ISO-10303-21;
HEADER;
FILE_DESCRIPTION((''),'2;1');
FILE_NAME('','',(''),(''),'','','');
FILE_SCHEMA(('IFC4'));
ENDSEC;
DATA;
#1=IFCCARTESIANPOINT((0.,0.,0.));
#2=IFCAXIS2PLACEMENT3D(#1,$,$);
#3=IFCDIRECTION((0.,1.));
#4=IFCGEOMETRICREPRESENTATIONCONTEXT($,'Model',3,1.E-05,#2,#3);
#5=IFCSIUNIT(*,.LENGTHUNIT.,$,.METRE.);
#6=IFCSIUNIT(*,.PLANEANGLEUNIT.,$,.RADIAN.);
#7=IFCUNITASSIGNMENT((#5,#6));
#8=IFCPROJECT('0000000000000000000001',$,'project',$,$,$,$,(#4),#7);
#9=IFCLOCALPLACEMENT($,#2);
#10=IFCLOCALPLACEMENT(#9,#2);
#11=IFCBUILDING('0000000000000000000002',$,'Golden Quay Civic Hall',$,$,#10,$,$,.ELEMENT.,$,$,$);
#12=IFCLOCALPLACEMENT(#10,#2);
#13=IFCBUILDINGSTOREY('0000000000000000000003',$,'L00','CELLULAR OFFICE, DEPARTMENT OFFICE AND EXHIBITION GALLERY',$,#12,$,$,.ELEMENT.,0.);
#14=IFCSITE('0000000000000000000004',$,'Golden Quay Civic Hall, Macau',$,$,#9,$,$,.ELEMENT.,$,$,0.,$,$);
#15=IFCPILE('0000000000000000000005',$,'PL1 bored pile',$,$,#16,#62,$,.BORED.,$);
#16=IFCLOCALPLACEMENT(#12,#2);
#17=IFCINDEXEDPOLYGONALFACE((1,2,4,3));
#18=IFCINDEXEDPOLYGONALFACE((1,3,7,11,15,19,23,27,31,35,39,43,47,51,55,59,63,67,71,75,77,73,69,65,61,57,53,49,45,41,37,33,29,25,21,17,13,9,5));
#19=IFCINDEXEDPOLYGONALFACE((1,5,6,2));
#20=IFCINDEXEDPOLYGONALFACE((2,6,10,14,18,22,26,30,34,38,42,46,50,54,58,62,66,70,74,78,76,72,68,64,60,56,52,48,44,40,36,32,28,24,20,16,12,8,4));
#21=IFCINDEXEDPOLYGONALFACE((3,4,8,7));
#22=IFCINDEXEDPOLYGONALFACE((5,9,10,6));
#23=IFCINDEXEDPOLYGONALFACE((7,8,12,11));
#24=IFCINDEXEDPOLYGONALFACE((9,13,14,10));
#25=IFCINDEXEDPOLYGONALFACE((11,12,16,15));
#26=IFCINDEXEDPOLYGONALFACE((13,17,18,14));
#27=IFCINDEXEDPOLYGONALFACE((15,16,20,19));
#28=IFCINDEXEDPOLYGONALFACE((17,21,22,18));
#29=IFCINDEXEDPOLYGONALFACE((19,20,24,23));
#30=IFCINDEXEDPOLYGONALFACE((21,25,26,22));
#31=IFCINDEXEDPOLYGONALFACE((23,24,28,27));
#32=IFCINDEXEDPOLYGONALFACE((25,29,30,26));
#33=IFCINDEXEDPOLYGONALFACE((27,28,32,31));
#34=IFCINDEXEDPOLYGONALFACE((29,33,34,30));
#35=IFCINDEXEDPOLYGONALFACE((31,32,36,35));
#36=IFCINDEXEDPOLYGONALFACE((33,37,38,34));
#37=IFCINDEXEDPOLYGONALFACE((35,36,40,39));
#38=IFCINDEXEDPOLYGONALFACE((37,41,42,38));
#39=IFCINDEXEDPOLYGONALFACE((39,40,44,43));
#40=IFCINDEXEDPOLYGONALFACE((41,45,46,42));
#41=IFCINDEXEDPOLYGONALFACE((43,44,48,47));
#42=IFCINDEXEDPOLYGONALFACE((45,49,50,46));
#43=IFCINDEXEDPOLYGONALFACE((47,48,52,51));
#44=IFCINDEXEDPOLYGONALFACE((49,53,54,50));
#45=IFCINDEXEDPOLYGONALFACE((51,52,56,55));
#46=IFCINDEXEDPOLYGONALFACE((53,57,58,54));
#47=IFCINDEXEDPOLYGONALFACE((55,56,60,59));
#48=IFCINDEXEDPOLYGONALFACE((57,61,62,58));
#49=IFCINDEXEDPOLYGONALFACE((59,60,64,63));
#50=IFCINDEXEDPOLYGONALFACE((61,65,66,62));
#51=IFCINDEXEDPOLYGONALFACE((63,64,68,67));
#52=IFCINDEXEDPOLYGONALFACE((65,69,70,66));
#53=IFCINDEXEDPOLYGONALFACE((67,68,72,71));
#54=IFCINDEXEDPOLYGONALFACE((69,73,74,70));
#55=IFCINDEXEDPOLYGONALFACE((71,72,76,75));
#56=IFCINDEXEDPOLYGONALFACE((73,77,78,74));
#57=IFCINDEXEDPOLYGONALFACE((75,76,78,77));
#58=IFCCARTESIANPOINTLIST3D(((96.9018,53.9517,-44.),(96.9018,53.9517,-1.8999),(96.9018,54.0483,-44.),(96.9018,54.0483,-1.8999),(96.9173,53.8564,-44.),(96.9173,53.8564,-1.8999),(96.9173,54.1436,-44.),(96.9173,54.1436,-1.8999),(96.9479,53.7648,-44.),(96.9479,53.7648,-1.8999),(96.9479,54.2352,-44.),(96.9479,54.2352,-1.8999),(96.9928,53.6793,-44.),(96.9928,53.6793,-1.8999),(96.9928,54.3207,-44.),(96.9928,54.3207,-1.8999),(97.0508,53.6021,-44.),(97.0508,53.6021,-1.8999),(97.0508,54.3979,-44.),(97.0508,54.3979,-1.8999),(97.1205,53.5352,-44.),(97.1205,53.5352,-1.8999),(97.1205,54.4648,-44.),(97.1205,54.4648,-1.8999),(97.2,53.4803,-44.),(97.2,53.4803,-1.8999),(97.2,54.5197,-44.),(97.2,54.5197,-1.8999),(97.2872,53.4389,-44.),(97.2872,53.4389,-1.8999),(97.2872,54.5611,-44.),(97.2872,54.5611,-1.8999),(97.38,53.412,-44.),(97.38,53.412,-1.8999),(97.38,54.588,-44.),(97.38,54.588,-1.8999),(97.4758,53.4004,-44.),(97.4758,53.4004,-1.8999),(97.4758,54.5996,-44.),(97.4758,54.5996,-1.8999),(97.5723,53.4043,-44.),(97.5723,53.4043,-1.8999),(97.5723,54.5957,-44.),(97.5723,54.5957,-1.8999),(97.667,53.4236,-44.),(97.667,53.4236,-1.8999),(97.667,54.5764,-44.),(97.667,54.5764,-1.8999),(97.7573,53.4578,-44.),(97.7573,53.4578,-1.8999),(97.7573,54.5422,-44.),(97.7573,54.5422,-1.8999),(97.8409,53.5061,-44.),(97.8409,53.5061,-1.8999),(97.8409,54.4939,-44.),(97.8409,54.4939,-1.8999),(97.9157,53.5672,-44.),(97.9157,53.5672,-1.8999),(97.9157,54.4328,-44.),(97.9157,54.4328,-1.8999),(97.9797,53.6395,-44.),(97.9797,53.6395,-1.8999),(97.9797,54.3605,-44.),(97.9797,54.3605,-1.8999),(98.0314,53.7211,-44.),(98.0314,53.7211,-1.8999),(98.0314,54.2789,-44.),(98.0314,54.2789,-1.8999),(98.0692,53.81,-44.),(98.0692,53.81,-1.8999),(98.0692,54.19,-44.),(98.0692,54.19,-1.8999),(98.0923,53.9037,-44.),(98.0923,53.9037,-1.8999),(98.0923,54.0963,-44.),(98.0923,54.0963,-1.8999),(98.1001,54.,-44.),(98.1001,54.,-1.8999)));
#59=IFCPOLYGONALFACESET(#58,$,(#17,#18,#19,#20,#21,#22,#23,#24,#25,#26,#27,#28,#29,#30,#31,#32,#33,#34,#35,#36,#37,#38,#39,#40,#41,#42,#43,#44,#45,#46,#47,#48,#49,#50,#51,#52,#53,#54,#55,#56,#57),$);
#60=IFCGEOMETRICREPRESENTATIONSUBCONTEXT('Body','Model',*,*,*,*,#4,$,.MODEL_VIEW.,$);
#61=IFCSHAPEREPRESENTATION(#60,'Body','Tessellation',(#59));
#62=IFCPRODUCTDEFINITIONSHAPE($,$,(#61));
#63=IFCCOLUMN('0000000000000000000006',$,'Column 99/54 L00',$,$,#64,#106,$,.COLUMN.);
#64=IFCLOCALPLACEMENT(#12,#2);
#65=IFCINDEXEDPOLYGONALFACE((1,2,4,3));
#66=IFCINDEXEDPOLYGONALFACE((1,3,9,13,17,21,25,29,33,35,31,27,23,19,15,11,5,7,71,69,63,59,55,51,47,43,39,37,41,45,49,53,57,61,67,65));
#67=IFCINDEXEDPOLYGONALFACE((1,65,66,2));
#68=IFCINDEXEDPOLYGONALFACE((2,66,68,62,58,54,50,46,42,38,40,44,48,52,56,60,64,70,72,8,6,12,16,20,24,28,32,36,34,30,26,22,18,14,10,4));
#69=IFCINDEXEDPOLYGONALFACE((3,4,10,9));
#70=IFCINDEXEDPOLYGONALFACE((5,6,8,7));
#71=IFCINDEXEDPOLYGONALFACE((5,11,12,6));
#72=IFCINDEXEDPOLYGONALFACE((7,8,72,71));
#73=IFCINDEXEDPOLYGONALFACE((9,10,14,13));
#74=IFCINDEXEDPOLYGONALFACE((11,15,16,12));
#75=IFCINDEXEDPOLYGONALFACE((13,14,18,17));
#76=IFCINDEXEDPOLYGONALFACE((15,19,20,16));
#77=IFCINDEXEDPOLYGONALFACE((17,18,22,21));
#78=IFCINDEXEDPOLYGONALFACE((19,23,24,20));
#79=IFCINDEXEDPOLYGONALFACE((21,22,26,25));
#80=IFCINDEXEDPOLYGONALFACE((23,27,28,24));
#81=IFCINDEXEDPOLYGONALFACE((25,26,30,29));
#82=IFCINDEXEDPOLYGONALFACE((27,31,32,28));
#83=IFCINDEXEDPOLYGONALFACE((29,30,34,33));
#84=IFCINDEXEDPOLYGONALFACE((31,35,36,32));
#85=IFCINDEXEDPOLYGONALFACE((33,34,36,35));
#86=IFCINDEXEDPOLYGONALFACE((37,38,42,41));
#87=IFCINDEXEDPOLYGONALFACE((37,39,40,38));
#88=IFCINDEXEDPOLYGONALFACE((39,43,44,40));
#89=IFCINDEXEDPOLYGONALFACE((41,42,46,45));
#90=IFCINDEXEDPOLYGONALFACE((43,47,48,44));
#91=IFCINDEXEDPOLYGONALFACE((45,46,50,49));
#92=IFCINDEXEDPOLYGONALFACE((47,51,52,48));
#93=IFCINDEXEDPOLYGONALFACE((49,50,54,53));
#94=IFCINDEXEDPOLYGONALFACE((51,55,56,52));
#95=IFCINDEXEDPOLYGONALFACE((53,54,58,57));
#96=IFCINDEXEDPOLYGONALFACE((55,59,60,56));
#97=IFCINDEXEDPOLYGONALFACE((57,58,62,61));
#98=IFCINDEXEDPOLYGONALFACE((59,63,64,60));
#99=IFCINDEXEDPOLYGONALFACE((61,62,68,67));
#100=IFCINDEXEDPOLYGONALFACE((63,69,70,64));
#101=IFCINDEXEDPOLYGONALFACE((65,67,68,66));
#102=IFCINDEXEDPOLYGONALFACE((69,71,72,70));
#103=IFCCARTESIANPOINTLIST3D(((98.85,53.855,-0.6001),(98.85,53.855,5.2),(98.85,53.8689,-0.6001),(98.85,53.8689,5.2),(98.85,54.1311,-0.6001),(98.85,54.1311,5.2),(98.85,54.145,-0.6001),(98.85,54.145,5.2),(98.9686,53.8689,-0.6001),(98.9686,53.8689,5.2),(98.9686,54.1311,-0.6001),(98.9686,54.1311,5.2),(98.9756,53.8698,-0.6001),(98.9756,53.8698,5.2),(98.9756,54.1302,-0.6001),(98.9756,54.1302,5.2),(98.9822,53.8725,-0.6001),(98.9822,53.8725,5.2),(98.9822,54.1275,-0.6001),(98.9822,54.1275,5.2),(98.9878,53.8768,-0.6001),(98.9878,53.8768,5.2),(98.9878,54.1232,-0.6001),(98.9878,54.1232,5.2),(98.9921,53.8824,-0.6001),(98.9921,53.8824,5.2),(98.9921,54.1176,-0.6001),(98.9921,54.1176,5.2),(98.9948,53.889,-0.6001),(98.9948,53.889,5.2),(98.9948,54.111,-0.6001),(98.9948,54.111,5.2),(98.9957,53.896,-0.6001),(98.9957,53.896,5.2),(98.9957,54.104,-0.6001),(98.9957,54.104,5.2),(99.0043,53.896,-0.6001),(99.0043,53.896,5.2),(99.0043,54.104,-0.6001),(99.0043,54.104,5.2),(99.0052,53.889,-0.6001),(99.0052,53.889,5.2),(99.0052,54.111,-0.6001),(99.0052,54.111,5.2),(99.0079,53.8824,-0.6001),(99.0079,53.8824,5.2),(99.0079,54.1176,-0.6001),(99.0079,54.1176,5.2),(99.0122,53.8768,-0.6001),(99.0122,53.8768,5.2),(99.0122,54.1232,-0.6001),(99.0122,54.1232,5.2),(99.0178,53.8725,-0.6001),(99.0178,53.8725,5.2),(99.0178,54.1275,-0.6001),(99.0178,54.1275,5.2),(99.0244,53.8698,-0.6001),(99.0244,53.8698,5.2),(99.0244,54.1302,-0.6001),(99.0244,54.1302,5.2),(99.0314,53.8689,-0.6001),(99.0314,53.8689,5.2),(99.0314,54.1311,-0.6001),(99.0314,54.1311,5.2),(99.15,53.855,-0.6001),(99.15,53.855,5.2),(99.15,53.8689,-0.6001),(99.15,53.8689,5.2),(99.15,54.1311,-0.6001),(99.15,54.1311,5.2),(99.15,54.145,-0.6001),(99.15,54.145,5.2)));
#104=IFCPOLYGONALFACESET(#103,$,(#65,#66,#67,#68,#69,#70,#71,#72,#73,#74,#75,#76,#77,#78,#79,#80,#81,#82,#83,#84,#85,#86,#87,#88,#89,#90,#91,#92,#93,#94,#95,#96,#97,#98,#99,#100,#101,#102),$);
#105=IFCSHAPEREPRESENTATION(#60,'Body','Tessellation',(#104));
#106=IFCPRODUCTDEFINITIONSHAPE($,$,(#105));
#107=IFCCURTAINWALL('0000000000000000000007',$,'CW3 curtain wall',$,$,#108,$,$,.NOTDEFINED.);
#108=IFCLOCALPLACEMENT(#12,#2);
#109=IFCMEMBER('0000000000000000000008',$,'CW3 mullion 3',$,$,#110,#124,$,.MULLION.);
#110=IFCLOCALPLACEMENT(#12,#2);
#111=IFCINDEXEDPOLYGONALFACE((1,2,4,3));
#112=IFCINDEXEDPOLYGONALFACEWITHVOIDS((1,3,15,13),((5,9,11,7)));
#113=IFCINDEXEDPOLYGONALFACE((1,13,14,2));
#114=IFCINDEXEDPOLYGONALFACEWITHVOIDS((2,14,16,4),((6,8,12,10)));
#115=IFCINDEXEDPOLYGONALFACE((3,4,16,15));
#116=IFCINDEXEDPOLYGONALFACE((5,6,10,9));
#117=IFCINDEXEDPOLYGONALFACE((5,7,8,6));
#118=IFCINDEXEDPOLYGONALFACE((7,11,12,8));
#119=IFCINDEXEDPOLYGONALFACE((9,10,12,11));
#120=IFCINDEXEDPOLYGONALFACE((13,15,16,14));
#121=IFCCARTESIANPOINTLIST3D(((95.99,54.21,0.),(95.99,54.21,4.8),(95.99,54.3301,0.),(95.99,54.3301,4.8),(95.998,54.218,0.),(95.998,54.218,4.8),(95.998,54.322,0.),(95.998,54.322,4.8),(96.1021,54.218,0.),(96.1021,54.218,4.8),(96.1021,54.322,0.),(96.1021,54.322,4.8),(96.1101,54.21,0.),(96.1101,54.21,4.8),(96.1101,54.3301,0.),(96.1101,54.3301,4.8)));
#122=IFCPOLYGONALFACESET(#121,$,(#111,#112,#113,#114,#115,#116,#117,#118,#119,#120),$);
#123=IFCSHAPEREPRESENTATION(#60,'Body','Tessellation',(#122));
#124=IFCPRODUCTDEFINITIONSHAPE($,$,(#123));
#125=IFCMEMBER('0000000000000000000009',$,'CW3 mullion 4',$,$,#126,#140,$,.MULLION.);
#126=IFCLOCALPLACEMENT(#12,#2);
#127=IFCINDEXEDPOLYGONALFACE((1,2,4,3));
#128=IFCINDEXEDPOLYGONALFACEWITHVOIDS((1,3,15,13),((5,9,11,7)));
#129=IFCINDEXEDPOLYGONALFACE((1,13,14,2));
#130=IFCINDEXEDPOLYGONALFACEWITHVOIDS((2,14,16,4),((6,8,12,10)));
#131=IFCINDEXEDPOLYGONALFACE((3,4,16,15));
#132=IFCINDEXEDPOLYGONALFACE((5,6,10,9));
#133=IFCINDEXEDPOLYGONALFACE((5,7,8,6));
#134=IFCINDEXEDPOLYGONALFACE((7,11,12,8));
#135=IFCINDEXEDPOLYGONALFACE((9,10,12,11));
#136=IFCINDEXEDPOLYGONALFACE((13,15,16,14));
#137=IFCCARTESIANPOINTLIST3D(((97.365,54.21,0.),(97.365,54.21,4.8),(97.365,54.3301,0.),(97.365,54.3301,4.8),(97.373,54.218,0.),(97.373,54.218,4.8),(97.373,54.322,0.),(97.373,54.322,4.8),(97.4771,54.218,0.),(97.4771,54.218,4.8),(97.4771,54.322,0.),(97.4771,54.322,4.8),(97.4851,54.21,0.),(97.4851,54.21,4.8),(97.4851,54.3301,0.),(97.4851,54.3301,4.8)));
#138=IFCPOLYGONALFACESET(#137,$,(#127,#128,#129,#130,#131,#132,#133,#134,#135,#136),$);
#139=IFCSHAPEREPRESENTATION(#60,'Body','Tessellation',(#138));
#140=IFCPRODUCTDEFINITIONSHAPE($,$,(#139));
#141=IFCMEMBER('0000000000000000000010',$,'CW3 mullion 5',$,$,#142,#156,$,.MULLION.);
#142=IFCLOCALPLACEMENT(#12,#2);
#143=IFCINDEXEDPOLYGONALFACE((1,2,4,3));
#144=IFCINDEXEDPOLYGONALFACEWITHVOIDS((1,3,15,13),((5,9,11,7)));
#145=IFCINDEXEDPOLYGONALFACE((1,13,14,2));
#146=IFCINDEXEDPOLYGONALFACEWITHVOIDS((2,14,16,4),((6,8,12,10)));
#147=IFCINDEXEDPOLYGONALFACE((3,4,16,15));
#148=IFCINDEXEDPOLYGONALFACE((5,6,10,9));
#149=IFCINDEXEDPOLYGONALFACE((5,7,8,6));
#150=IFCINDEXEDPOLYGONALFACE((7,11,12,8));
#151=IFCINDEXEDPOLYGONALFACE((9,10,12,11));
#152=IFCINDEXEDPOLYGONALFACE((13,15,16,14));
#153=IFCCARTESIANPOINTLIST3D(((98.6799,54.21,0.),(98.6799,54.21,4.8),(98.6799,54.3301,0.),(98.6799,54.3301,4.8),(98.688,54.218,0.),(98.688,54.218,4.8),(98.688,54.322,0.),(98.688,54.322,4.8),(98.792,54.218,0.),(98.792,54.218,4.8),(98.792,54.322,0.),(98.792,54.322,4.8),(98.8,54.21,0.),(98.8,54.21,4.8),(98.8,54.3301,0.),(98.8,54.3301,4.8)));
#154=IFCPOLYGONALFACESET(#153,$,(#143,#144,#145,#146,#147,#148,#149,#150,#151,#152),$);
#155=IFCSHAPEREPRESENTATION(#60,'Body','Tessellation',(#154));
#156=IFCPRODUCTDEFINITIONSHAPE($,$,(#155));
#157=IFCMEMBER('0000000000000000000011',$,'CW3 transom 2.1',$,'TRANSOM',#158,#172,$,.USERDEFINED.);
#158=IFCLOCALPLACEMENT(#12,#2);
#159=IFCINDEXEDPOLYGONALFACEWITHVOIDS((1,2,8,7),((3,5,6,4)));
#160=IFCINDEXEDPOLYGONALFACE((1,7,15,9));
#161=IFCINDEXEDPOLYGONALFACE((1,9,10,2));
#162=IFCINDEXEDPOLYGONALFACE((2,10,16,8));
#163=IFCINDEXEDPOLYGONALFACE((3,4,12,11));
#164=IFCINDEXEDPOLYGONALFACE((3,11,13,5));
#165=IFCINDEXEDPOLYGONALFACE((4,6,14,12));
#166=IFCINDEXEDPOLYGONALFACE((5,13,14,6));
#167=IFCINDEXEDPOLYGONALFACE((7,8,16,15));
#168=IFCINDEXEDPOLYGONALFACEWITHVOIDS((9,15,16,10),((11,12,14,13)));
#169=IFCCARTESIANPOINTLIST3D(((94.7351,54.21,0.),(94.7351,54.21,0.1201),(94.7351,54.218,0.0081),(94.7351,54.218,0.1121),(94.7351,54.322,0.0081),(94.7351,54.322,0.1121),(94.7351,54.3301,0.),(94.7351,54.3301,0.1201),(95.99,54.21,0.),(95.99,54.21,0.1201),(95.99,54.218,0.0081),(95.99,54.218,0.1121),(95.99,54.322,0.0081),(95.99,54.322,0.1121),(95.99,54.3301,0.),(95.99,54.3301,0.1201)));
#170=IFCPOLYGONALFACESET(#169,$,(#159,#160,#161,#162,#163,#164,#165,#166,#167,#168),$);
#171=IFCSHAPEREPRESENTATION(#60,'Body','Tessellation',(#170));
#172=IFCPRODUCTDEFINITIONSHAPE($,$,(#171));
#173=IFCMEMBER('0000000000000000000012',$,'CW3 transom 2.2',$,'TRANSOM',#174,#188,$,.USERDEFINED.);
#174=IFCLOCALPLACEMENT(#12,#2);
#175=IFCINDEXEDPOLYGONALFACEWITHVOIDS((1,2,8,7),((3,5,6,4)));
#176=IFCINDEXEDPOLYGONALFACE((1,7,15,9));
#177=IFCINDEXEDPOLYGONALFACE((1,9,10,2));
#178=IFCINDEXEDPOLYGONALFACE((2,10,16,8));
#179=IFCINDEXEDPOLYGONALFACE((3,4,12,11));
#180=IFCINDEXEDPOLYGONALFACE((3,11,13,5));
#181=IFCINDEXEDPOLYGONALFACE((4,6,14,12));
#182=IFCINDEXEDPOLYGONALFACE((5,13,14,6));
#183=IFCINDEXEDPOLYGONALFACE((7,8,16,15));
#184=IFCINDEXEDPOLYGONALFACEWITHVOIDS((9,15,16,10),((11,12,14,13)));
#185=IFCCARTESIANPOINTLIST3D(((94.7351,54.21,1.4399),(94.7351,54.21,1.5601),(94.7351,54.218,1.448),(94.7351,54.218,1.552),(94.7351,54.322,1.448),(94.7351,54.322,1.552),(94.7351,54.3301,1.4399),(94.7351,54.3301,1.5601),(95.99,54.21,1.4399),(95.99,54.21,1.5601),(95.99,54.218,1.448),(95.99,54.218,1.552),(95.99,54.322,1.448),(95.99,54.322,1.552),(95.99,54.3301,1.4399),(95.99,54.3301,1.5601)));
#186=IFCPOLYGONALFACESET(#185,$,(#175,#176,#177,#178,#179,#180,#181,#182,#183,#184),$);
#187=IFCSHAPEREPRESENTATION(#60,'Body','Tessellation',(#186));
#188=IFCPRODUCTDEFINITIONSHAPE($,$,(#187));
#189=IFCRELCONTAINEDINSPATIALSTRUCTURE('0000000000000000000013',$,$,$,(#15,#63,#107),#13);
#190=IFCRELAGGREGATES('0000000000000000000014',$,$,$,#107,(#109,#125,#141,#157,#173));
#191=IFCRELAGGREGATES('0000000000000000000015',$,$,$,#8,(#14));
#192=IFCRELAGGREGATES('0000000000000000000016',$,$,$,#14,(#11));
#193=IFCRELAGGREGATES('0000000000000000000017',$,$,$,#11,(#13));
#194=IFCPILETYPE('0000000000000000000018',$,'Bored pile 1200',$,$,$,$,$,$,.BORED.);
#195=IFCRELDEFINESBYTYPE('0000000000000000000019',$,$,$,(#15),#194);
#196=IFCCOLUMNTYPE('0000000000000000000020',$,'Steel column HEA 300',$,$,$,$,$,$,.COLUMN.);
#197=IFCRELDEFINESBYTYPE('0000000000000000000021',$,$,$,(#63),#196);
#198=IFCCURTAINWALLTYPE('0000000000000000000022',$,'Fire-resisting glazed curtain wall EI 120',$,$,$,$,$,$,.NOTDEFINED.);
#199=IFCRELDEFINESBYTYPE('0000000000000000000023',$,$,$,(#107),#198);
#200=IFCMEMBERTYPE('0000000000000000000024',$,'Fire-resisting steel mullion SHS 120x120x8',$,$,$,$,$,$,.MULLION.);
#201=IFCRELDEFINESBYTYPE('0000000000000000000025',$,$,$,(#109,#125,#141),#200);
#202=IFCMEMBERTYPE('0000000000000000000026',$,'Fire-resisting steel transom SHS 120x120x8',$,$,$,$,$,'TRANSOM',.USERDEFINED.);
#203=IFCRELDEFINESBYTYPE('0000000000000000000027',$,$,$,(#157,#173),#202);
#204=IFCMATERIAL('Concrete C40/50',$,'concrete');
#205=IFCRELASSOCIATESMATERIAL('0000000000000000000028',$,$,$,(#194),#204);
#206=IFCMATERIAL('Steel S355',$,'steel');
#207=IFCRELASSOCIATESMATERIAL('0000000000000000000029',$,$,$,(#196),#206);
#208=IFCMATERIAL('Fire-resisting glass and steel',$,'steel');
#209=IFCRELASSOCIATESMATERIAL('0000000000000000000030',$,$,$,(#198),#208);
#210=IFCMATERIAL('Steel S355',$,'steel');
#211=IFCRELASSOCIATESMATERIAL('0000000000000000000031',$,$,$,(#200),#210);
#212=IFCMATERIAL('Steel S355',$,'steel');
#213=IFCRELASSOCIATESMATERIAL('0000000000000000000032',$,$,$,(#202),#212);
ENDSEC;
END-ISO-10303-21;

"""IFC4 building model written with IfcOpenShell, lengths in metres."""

from ifc_helpers import new_model, si_unit, direction, frame, origin, origin_2d, place, context, subcontext, project, spatial, hollow_rectangle, circle, i_section, extrude, material, material_profile, profile_set, type_object, element, aggregate, save


model = new_model("IFC4")

# Units and contexts
model_context = context("Model", 3, precision=1e-05, world=origin(), true_north=direction((0.0, 1.0)))
body_context = subcontext(model_context, "Body", "Model", "MODEL_VIEW")
ifc_project = project(units=[si_unit("LENGTHUNIT", "METRE"), si_unit("PLANEANGLEUNIT", "RADIAN")], contexts=[model_context])

# Site, building, storey
site_placement = place(None, origin())
site = spatial("IfcSite", under=ifc_project, at=site_placement, Name="Golden Quay Civic Hall, Macau", CompositionType="ELEMENT", RefElevation=0.0)
building_placement = place(site_placement, origin())
building = spatial("IfcBuilding", under=site, at=building_placement, Name="Golden Quay Civic Hall", CompositionType="ELEMENT")
storey_placement = place(building_placement, origin())
storey = spatial("IfcBuildingStorey", under=building, at=storey_placement, Name="L00", Description="CELLULAR OFFICE, DEPARTMENT OFFICE AND EXHIBITION GALLERY", CompositionType="ELEMENT", Elevation=0.0)

# Pile
ifc_material_1 = material(Name="Concrete C40/50", Category="concrete")
ifc_material_profile_1 = material_profile(ifc_material_1, circle(Radius=0.6001, at=origin_2d()), Name="RC D1200")
ifc_profile_set_1 = profile_set([ifc_material_profile_1], Name="Concrete C40/50")
pile_type = type_object("IfcPileType", Name="Bored pile 1200", PredefinedType="BORED", material=ifc_profile_set_1)
pile_placement = place(storey_placement, frame((97.5, 54.0, -1.8999), z_axis=(0.0, 0.0, -1.0), x_axis=(1.0, 0.0, 0.0)))
element("IfcPile", 1, at=pile_placement, inside=storey, type_object=pile_type, Name="PL1 bored pile", PredefinedType="BORED", context=body_context, shape_type="SweptSolid", body=[
    extrude(circle(Radius=0.6001, at=origin_2d()), origin(), (0.0, 0.0, 1.0), 42.1001),
])

# Column
ifc_material_2 = material(Name="Steel S355", Category="steel")
ifc_material_profile_2 = material_profile(ifc_material_2, i_section(OverallWidth=0.3, OverallDepth=0.29, WebThickness=0.0085, FlangeThickness=0.0139, FilletRadius=0.0271, at=origin_2d()), Name="HEA 300")
ifc_profile_set_2 = profile_set([ifc_material_profile_2], Name="Steel S355")
column_type = type_object("IfcColumnType", Name="Steel column HEA 300", PredefinedType="COLUMN", material=ifc_profile_set_2)
column_placement = place(storey_placement, frame((99.0, 54.0, -0.6001), z_axis=(0.0, 0.0, 1.0), x_axis=(1.0, 0.0, 0.0)))
element("IfcColumn", 2, at=column_placement, inside=storey, type_object=column_type, Name="Column 99/54 L00", PredefinedType="COLUMN", context=body_context, shape_type="SweptSolid", body=[
    extrude(i_section(OverallWidth=0.3, OverallDepth=0.29, WebThickness=0.0085, FlangeThickness=0.0139, FilletRadius=0.0271, at=origin_2d()), origin(), (0.0, 0.0, 1.0), 5.8),
])

# Curtain wall, members
ifc_material_3 = material(Name="Fire-resisting glass and steel", Category="steel")
curtain_wall_type_1 = type_object("IfcCurtainWallType", Name="Fire-resisting glazed curtain wall EI 120", PredefinedType="NOTDEFINED", material=ifc_material_3)
curtain_wall_1_placement = place(storey_placement, origin())
curtain_wall_1 = element("IfcCurtainWall", 3, at=curtain_wall_1_placement, inside=storey, type_object=curtain_wall_type_1, Name="CW3 curtain wall", PredefinedType="NOTDEFINED")
ifc_material_4 = material(Name="Steel S355", Category="steel")
ifc_material_profile_3 = material_profile(ifc_material_4, hollow_rectangle(XDim=0.1201, YDim=0.1201, WallThickness=0.0081, at=origin_2d()), Name="SHS 120x120x8")
ifc_profile_set_3 = profile_set([ifc_material_profile_3], Name="Steel S355")
member_type_1 = type_object("IfcMemberType", Name="Fire-resisting steel mullion SHS 120x120x8", PredefinedType="MULLION", material=ifc_profile_set_3)
member_1_placement = place(storey_placement, frame((96.05, 54.27, 0.0), z_axis=(0.0, 0.0, 1.0), x_axis=(0.0, 1.0, 0.0)))
member_1 = element("IfcMember", 4, at=member_1_placement, type_object=member_type_1, Name="CW3 mullion 3", PredefinedType="MULLION", context=body_context, shape_type="SweptSolid", body=[
    extrude(hollow_rectangle(XDim=0.1201, YDim=0.1201, WallThickness=0.0081, at=origin_2d()), origin(), (0.0, 0.0, 1.0), 4.8),
])
member_2_placement = place(storey_placement, frame((97.425, 54.27, 0.0), z_axis=(0.0, 0.0, 1.0), x_axis=(0.0, 1.0, 0.0)))
member_2 = element("IfcMember", 5, at=member_2_placement, type_object=member_type_1, Name="CW3 mullion 4", PredefinedType="MULLION", context=body_context, shape_type="SweptSolid", body=[
    extrude(hollow_rectangle(XDim=0.1201, YDim=0.1201, WallThickness=0.0081, at=origin_2d()), origin(), (0.0, 0.0, 1.0), 4.8),
])
member_3_placement = place(storey_placement, frame((98.74, 54.27, 0.0), z_axis=(0.0, 0.0, 1.0), x_axis=(0.0, 1.0, 0.0)))
member_3 = element("IfcMember", 6, at=member_3_placement, type_object=member_type_1, Name="CW3 mullion 5", PredefinedType="MULLION", context=body_context, shape_type="SweptSolid", body=[
    extrude(hollow_rectangle(XDim=0.1201, YDim=0.1201, WallThickness=0.0081, at=origin_2d()), origin(), (0.0, 0.0, 1.0), 4.8),
])
ifc_material_5 = material(Name="Steel S355", Category="steel")
ifc_material_profile_4 = material_profile(ifc_material_5, hollow_rectangle(XDim=0.1201, YDim=0.1201, WallThickness=0.0081, at=origin_2d()), Name="SHS 120x120x8")
ifc_profile_set_4 = profile_set([ifc_material_profile_4], Name="Steel S355")
member_type_2 = type_object("IfcMemberType", Name="Fire-resisting steel transom SHS 120x120x8", ElementType="TRANSOM", PredefinedType="USERDEFINED", material=ifc_profile_set_4)
member_4_placement = place(storey_placement, frame((94.7351, 54.27, 0.0601), z_axis=(1.0, 0.0, 0.0), x_axis=(0.0, 1.0, 0.0)))
member_4 = element("IfcMember", 7, at=member_4_placement, type_object=member_type_2, Name="CW3 transom 2.1", ObjectType="TRANSOM", PredefinedType="USERDEFINED", context=body_context, shape_type="SweptSolid", body=[
    extrude(hollow_rectangle(XDim=0.1201, YDim=0.1201, WallThickness=0.0081, at=origin_2d()), origin(), (0.0, 0.0, 1.0), 1.2549),
])
member_5_placement = place(storey_placement, frame((94.7351, 54.27, 1.5), z_axis=(1.0, 0.0, 0.0), x_axis=(0.0, 1.0, 0.0)))
member_5 = element("IfcMember", 8, at=member_5_placement, type_object=member_type_2, Name="CW3 transom 2.2", ObjectType="TRANSOM", PredefinedType="USERDEFINED", context=body_context, shape_type="SweptSolid", body=[
    extrude(hollow_rectangle(XDim=0.1201, YDim=0.1201, WallThickness=0.0081, at=origin_2d()), origin(), (0.0, 0.0, 1.0), 1.2549),
])

aggregate(curtain_wall_1, [member_1, member_2, member_3, member_4, member_5])

save(model, "model.ifc")
